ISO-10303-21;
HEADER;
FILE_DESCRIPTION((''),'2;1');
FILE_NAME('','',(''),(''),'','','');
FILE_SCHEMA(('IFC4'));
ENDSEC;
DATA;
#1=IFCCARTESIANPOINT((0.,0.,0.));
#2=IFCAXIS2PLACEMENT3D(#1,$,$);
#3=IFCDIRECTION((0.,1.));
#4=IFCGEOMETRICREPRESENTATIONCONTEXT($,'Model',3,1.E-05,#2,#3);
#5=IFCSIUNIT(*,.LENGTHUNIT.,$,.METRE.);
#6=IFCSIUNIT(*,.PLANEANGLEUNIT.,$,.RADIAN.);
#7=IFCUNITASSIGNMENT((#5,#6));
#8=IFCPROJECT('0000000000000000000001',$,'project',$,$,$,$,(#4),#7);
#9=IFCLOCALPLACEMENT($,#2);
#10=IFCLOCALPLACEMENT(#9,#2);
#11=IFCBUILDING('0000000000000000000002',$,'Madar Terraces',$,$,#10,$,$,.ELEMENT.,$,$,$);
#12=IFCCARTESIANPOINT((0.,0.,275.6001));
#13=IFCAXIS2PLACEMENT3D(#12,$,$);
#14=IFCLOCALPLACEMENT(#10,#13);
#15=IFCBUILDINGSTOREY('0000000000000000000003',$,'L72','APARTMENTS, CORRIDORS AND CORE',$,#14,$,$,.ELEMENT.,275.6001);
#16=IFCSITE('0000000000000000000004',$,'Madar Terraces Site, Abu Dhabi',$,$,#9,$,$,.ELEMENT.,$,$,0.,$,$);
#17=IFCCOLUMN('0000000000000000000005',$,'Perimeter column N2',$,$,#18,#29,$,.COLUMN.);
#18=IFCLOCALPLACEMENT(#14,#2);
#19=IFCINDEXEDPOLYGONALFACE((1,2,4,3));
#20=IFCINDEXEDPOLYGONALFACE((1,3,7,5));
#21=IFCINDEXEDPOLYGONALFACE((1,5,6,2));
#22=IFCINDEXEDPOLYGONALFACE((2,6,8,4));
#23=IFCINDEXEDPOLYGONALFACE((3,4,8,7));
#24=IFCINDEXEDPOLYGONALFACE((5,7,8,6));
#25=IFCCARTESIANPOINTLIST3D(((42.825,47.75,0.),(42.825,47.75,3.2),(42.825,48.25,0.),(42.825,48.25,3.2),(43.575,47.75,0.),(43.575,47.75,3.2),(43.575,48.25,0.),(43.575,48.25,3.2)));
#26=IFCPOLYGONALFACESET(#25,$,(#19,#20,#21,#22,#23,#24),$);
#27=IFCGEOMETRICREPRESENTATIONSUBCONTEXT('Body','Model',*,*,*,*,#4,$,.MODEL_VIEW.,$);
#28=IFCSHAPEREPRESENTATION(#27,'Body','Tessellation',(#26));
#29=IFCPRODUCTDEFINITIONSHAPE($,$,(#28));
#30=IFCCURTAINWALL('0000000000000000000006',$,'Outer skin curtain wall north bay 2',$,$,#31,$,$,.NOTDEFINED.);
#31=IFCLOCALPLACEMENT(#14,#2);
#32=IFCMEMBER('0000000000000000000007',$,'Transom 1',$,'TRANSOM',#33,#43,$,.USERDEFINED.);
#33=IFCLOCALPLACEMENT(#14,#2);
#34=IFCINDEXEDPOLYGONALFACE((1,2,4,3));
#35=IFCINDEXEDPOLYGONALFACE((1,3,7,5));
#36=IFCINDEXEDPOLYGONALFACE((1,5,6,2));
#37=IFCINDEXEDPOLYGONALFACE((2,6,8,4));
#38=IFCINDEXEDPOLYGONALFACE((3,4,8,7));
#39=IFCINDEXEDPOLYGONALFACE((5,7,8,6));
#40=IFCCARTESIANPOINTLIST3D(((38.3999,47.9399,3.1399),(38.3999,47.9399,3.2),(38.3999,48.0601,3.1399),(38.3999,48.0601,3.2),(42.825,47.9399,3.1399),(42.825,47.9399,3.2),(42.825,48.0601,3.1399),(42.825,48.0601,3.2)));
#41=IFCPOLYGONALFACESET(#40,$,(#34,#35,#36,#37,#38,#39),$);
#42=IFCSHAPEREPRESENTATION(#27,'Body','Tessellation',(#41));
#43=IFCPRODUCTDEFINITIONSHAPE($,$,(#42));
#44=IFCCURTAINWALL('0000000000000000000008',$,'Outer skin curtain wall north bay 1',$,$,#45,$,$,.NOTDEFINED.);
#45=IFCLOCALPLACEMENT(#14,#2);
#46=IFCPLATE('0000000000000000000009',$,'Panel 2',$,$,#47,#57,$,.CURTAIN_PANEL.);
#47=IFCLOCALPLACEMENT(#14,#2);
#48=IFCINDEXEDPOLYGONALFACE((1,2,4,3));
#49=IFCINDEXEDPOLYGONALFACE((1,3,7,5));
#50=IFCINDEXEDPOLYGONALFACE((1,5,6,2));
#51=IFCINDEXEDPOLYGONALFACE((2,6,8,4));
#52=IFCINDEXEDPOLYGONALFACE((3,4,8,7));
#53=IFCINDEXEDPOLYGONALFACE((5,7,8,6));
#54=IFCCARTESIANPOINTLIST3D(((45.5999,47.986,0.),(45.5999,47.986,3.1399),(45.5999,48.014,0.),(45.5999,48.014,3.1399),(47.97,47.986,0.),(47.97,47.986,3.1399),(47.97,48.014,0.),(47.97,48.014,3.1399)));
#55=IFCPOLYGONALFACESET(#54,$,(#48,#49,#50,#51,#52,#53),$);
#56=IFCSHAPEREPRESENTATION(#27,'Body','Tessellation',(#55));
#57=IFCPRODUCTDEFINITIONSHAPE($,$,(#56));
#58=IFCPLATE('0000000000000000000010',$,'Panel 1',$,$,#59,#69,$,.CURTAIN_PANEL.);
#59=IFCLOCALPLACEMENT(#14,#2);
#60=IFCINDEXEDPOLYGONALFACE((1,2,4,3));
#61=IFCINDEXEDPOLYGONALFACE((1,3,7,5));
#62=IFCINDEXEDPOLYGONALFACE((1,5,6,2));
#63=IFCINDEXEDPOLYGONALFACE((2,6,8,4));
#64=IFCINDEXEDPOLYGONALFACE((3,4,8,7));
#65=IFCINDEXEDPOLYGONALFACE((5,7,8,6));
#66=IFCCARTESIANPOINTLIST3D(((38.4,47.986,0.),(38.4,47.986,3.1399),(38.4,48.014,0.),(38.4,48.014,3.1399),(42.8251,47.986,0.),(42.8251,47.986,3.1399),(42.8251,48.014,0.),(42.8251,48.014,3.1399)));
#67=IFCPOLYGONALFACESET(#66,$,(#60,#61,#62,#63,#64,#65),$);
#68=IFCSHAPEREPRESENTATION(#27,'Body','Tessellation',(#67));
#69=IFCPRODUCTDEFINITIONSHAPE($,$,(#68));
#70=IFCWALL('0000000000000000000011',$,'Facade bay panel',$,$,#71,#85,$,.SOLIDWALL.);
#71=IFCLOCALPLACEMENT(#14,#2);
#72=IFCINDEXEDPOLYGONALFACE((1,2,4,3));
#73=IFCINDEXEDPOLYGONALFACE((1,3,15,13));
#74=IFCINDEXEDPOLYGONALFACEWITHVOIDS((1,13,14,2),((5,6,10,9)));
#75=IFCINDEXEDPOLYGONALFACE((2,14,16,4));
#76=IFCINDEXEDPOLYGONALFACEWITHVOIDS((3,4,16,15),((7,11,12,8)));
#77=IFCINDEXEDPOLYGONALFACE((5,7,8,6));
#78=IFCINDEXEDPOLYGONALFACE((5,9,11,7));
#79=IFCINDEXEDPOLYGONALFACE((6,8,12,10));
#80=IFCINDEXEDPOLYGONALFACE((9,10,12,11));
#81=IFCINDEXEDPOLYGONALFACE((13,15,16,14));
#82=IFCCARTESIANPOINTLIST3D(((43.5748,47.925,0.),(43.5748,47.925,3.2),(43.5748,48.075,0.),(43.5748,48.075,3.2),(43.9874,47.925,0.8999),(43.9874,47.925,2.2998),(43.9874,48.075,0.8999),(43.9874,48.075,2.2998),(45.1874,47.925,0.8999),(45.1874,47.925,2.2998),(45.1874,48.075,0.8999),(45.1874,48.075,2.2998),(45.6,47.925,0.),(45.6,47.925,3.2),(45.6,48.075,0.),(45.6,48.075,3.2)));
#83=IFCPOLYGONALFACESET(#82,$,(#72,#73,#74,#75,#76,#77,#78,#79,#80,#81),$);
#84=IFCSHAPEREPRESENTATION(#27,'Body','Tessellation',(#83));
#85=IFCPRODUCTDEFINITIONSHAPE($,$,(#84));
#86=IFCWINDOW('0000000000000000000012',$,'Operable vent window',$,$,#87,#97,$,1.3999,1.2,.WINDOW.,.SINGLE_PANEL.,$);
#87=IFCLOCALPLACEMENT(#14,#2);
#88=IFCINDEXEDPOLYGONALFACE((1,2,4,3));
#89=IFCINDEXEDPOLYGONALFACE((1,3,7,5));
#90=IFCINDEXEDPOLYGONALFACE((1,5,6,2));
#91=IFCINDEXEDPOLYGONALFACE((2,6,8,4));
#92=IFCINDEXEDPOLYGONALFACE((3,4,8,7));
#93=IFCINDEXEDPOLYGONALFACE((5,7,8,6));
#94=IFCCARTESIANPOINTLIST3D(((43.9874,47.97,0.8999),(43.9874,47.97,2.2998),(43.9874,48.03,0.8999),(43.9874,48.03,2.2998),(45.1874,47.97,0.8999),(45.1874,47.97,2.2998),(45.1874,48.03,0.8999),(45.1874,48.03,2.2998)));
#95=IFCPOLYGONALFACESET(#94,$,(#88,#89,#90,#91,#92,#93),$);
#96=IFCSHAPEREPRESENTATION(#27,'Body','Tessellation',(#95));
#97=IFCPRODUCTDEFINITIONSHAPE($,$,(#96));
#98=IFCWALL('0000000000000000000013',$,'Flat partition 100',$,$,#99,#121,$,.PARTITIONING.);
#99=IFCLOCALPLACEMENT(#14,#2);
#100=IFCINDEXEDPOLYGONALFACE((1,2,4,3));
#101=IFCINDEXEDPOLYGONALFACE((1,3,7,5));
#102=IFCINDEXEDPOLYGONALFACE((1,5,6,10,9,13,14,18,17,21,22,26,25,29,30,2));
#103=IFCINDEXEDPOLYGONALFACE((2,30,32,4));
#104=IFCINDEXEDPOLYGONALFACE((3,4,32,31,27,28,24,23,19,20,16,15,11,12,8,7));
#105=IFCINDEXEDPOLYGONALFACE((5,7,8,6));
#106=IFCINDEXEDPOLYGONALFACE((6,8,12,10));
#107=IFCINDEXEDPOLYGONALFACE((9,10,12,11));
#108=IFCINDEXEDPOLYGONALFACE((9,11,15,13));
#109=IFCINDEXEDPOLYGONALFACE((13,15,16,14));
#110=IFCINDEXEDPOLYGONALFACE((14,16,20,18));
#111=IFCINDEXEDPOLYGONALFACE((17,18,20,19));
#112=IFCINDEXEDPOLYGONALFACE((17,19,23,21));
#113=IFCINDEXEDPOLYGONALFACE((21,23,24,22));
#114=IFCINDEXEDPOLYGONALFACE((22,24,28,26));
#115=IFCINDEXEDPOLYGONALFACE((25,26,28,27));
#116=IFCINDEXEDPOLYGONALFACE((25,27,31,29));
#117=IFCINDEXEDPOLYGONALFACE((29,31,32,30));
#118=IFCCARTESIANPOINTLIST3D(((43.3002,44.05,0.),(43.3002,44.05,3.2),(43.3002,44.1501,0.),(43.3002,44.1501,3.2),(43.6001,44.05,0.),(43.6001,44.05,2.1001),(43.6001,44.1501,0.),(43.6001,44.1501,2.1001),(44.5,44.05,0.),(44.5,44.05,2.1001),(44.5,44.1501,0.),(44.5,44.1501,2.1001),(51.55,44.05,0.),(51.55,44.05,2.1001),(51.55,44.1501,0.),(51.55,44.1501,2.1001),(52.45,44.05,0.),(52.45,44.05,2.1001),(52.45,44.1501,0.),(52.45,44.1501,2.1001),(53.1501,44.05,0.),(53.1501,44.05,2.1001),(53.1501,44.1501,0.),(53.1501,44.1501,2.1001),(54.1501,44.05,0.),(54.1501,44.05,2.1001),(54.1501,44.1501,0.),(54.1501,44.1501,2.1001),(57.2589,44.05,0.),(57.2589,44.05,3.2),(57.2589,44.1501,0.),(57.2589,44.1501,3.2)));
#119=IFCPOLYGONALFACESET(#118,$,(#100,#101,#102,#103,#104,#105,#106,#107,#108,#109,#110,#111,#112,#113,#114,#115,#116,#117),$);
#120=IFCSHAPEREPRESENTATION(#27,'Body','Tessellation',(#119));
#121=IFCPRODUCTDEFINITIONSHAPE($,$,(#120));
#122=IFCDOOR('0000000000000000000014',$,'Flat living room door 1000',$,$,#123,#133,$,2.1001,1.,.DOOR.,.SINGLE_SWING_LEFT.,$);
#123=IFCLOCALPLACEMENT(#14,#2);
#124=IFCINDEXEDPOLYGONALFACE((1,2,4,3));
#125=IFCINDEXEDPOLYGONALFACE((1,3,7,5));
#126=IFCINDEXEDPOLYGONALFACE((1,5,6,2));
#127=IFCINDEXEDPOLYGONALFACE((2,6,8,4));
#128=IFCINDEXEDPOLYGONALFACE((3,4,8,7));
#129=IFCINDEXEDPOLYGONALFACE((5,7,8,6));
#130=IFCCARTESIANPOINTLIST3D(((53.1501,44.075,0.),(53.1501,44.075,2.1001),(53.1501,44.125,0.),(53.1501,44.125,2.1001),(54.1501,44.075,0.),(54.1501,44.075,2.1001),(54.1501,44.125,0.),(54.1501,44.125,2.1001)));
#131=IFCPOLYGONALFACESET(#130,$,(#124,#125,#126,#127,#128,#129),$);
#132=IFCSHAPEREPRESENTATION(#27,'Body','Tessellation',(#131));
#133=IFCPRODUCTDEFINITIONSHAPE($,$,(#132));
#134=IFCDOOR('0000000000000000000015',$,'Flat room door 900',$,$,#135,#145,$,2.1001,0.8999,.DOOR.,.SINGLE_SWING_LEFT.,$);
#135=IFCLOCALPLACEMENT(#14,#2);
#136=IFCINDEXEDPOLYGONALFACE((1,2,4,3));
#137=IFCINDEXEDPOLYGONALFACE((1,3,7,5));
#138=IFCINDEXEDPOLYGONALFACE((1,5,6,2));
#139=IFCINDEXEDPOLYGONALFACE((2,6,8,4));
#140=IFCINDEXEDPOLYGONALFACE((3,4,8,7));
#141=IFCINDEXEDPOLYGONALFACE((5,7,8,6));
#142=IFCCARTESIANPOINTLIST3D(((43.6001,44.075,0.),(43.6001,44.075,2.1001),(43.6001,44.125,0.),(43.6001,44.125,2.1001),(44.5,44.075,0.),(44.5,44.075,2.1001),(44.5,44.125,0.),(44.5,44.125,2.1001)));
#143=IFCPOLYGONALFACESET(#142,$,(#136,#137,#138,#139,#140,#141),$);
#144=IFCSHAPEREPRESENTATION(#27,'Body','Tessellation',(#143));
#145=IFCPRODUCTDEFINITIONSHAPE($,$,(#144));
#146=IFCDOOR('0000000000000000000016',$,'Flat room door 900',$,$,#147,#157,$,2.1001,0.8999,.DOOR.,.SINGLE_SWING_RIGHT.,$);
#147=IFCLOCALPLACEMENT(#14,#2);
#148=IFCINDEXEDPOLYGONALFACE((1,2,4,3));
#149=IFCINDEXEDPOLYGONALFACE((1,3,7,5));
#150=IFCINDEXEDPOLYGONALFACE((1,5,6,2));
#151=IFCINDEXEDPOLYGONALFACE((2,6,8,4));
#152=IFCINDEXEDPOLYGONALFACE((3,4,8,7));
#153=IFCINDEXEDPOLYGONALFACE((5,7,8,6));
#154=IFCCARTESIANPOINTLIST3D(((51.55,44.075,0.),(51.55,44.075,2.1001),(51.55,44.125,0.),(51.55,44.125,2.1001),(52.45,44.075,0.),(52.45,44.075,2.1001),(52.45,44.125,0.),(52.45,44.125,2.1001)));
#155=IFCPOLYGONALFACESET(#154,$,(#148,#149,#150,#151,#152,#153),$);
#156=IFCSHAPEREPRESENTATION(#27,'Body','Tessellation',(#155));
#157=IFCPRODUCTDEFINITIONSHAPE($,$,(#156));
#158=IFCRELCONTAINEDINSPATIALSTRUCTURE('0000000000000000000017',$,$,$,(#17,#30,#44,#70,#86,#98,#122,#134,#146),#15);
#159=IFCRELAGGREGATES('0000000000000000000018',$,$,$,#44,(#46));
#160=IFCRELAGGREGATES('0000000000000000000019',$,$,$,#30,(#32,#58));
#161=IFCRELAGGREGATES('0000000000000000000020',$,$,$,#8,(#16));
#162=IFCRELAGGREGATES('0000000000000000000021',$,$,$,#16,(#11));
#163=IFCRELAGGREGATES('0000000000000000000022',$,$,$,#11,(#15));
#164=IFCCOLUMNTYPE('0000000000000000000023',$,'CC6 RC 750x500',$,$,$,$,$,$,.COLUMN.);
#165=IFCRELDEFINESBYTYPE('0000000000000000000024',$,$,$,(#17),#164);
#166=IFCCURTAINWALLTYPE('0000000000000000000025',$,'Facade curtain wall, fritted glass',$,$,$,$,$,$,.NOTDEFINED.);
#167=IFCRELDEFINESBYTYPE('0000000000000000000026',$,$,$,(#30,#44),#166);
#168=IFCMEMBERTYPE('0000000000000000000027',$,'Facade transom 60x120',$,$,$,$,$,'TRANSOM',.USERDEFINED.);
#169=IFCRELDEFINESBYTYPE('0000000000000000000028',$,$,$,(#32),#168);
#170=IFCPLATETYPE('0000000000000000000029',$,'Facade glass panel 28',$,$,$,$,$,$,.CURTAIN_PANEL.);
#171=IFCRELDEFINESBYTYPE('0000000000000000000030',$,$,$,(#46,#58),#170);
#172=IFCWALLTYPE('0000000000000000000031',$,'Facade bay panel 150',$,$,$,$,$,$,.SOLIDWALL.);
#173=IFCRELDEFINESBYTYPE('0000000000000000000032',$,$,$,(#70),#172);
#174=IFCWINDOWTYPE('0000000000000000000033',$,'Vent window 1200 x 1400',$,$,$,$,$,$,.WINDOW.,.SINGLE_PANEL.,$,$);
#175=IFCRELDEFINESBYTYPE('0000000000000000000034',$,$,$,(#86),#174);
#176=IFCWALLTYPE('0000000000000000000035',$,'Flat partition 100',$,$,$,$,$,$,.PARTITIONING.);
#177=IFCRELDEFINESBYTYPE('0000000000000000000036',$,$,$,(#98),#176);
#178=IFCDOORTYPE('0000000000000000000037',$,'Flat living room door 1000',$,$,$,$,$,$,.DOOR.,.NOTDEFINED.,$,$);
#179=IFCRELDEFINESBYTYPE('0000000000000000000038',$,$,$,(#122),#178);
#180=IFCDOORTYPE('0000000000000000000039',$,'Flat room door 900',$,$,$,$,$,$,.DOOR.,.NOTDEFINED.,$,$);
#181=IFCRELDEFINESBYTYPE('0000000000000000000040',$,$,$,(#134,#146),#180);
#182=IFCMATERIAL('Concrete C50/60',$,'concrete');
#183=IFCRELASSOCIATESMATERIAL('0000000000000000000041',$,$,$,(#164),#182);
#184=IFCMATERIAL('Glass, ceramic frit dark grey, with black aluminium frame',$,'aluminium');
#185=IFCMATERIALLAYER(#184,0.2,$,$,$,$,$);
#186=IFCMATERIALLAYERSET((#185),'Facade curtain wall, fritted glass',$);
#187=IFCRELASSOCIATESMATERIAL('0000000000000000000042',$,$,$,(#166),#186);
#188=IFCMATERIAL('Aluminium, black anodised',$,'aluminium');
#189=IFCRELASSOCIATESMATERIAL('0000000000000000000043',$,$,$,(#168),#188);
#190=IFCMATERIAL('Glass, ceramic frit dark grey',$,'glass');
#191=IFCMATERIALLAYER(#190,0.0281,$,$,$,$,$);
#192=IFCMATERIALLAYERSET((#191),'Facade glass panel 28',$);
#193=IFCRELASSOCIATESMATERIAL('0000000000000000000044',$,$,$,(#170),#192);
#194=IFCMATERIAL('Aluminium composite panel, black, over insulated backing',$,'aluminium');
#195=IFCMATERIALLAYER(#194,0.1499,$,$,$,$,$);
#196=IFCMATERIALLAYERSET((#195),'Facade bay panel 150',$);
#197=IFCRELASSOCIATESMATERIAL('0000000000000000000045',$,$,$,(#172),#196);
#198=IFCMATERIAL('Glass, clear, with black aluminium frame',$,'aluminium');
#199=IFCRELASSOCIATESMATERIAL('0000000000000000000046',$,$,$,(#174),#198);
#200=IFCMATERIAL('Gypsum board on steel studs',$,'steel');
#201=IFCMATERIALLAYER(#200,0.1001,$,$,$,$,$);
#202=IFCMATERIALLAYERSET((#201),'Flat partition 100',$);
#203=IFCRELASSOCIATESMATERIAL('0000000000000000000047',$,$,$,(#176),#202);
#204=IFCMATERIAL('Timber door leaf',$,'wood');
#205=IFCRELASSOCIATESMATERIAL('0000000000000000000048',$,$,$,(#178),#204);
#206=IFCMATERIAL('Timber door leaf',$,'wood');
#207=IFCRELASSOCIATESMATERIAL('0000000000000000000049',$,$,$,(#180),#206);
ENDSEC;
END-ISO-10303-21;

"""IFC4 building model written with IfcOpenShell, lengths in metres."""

from ifc_helpers import new_model, si_unit, direction, frame, frame_2d, origin, origin_2d, place, context, subcontext, project, spatial, rectangle, extrude, material, layer, layer_set, material_profile, profile_set, type_object, element, fill, aggregate, save


model = new_model("IFC4")

# Units and contexts
model_context = context("Model", 3, precision=1e-05, world=origin(), true_north=direction((0.0, 1.0)))
body_context = subcontext(model_context, "Body", "Model", "MODEL_VIEW")
ifc_project = project(units=[si_unit("LENGTHUNIT", "METRE"), si_unit("PLANEANGLEUNIT", "RADIAN")], contexts=[model_context])

# Site, building, storey
site_placement = place(None, origin())
site = spatial("IfcSite", under=ifc_project, at=site_placement, Name="Madar Terraces Site, Abu Dhabi", CompositionType="ELEMENT", RefElevation=0.0)
building_placement = place(site_placement, origin())
building = spatial("IfcBuilding", under=site, at=building_placement, Name="Madar Terraces", CompositionType="ELEMENT")
storey_placement = place(building_placement, frame((0.0, 0.0, 275.6001)))
storey = spatial("IfcBuildingStorey", under=building, at=storey_placement, Name="L72", Description="APARTMENTS, CORRIDORS AND CORE", CompositionType="ELEMENT", Elevation=275.6001)

# Column
ifc_material_1 = material(Name="Concrete C50/60", Category="concrete")
ifc_material_profile_1 = material_profile(ifc_material_1, rectangle(XDim=0.75, YDim=0.5, at=origin_2d()), Name="CC6 RC 750x500")
ifc_profile_set_1 = profile_set([ifc_material_profile_1], Name="Concrete C50/60")
column_type = type_object("IfcColumnType", Name="CC6 RC 750x500", PredefinedType="COLUMN", material=ifc_profile_set_1)
column_placement = place(storey_placement, frame((43.2, 48.0, 0.0), z_axis=(0.0, 0.0, 1.0), x_axis=(1.0, 0.0, 0.0)))
element("IfcColumn", 1, at=column_placement, inside=storey, type_object=column_type, Name="Perimeter column N2", PredefinedType="COLUMN", context=body_context, shape_type="SweptSolid", body=[
    extrude(rectangle(XDim=0.75, YDim=0.5, at=origin_2d()), origin(), (0.0, 0.0, 1.0), 3.2),
])

# Curtain wall, member
ifc_material_2 = material(Name="Glass, ceramic frit dark grey, with black aluminium frame", Category="aluminium")
ifc_layer_1 = layer(ifc_material_2, 0.2)
ifc_layer_set_1 = layer_set([ifc_layer_1], Name="Facade curtain wall, fritted glass")
curtain_wall_type = type_object("IfcCurtainWallType", Name="Facade curtain wall, fritted glass", PredefinedType="NOTDEFINED", material=ifc_layer_set_1)
curtain_wall_1_placement = place(storey_placement, origin())
curtain_wall_1 = element("IfcCurtainWall", 2, at=curtain_wall_1_placement, inside=storey, type_object=curtain_wall_type, Name="Outer skin curtain wall north bay 2", PredefinedType="NOTDEFINED")
ifc_material_3 = material(Name="Aluminium, black anodised", Category="aluminium")
ifc_material_profile_2 = material_profile(ifc_material_3, rectangle(XDim=0.1201, YDim=0.0601, at=origin_2d()), Name="Facade transom 60x120")
ifc_profile_set_2 = profile_set([ifc_material_profile_2], Name="Aluminium, black anodised")
member_type = type_object("IfcMemberType", Name="Facade transom 60x120", ElementType="TRANSOM", PredefinedType="USERDEFINED", material=ifc_profile_set_2)
member_placement = place(storey_placement, frame((42.825, 48.0, 3.1699), z_axis=(-1.0, 0.0, 0.0), x_axis=(0.0, -1.0, 0.0)))
member = element("IfcMember", 3, at=member_placement, type_object=member_type, Name="Transom 1", ObjectType="TRANSOM", PredefinedType="USERDEFINED", context=body_context, shape_type="SweptSolid", body=[
    extrude(rectangle(XDim=0.1201, YDim=0.0601, at=origin_2d()), origin(), (0.0, 0.0, 1.0), 4.425),
])

# Curtain wall, plate
curtain_wall_2_placement = place(storey_placement, origin())
curtain_wall_2 = element("IfcCurtainWall", 4, at=curtain_wall_2_placement, inside=storey, type_object=curtain_wall_type, Name="Outer skin curtain wall north bay 1", PredefinedType="NOTDEFINED")
ifc_material_4 = material(Name="Glass, ceramic frit dark grey", Category="glass")
ifc_layer_2 = layer(ifc_material_4, 0.0281)
ifc_layer_set_2 = layer_set([ifc_layer_2], Name="Facade glass panel 28")
plate_type = type_object("IfcPlateType", Name="Facade glass panel 28", PredefinedType="CURTAIN_PANEL", material=ifc_layer_set_2)
plate_1_placement = place(storey_placement, frame((46.7849, 48.0, 0.0), z_axis=(0.0, 0.0, 1.0), x_axis=(-1.0, 0.0, 0.0)))
plate_1 = element("IfcPlate", 5, at=plate_1_placement, type_object=plate_type, Name="Panel 2", PredefinedType="CURTAIN_PANEL", context=body_context, shape_type="SweptSolid", body=[
    extrude(rectangle(XDim=2.3701, YDim=0.0281, at=origin_2d()), origin(), (0.0, 0.0, 1.0), 3.1399),
])
aggregate(curtain_wall_2, [plate_1])

# Plate
plate_2_placement = place(storey_placement, frame((40.6125, 48.0, 0.0), z_axis=(0.0, 0.0, 1.0), x_axis=(-1.0, 0.0, 0.0)))
plate_2 = element("IfcPlate", 6, at=plate_2_placement, type_object=plate_type, Name="Panel 1", PredefinedType="CURTAIN_PANEL", context=body_context, shape_type="SweptSolid", body=[
    extrude(rectangle(XDim=4.425, YDim=0.0281, at=origin_2d()), origin(), (0.0, 0.0, 1.0), 3.1399),
])
aggregate(curtain_wall_1, [member, plate_2])

# Wall, opening, window
ifc_material_5 = material(Name="Aluminium composite panel, black, over insulated backing", Category="aluminium")
ifc_layer_3 = layer(ifc_material_5, 0.1499)
ifc_layer_set_3 = layer_set([ifc_layer_3], Name="Facade bay panel 150")
wall_type_1 = type_object("IfcWallType", Name="Facade bay panel 150", PredefinedType="SOLIDWALL", material=ifc_layer_set_3)
wall_1_placement = place(storey_placement, frame((45.6001, 48.0, 0.0), z_axis=(0.0, 0.0, 1.0), x_axis=(-1.0, 0.0, 0.0)))
wall_1 = element("IfcWall", 7, at=wall_1_placement, inside=storey, type_object=wall_type_1, Name="Facade bay panel", PredefinedType="SOLIDWALL", context=body_context, shape_type="SweptSolid", body=[
    extrude(rectangle(XDim=2.0251, YDim=0.1499, at=frame_2d((1.0127, 0.0))), origin(), (0.0, 0.0, 1.0), 3.2),
])
opening_1_placement = place(wall_1_placement, frame((0.4126, 0.0, 0.8999)))
opening_1 = element("IfcOpeningElement", 8, at=opening_1_placement, cuts=wall_1, PredefinedType="OPENING", context=body_context, shape_type="SweptSolid", body=[
    extrude(rectangle(XDim=1.2, YDim=1.3999, at=frame_2d((0.6001, 0.7))), frame((0.0, 0.085, 0.0), z_axis=(0.0, -1.0, 0.0), x_axis=(1.0, 0.0, 0.0)), (0.0, 0.0, 1.0), 0.1699),
])
ifc_material_6 = material(Name="Glass, clear, with black aluminium frame", Category="aluminium")
window_type = type_object("IfcWindowType", Name="Vent window 1200 x 1400", PartitioningType="SINGLE_PANEL", PredefinedType="WINDOW", material=ifc_material_6)
window_placement = place(opening_1_placement, origin())
window = element("IfcWindow", 9, at=window_placement, inside=storey, type_object=window_type, Name="Operable vent window", OverallHeight=1.3999, OverallWidth=1.2, PartitioningType="SINGLE_PANEL", PredefinedType="WINDOW", context=body_context, shape_type="SweptSolid", body=[
    extrude(rectangle(XDim=1.2, YDim=1.3999, at=frame_2d((0.6001, 0.7))), frame((0.0, 0.03, 0.0), z_axis=(0.0, -1.0, 0.0), x_axis=(1.0, 0.0, 0.0)), (0.0, 0.0, 1.0), 0.0601),
])
fill(opening_1, window)

# Wall, openings, doors
ifc_material_7 = material(Name="Gypsum board on steel studs", Category="steel")
ifc_layer_4 = layer(ifc_material_7, 0.1001)
ifc_layer_set_4 = layer_set([ifc_layer_4], Name="Flat partition 100")
wall_type_2 = type_object("IfcWallType", Name="Flat partition 100", PredefinedType="PARTITIONING", material=ifc_layer_set_4)
wall_2_placement = place(storey_placement, frame((43.3, 44.1001, 0.0), z_axis=(0.0, 0.0, 1.0), x_axis=(1.0, 0.0, 0.0)))
wall_2 = element("IfcWall", 10, at=wall_2_placement, inside=storey, type_object=wall_type_2, Name="Flat partition 100", PredefinedType="PARTITIONING", context=body_context, shape_type="SweptSolid", body=[
    extrude(rectangle(XDim=13.9587, YDim=0.1001, at=frame_2d((6.9795, 0.0))), origin(), (0.0, 0.0, 1.0), 3.2),
])
opening_2_placement = place(wall_2_placement, frame((0.3, 0.0, 0.0)))
opening_2 = element("IfcOpeningElement", 11, at=opening_2_placement, cuts=wall_2, PredefinedType="OPENING", context=body_context, shape_type="SweptSolid", body=[
    extrude(rectangle(XDim=0.8999, YDim=2.1001, at=frame_2d((0.45, 1.05))), frame((0.0, 0.0601, 0.0), z_axis=(0.0, -1.0, 0.0), x_axis=(1.0, 0.0, 0.0)), (0.0, 0.0, 1.0), 0.1201),
])
opening_3_placement = place(wall_2_placement, frame((8.25, 0.0, 0.0)))
opening_3 = element("IfcOpeningElement", 12, at=opening_3_placement, cuts=wall_2, PredefinedType="OPENING", context=body_context, shape_type="SweptSolid", body=[
    extrude(rectangle(XDim=0.8999, YDim=2.1001, at=frame_2d((0.45, 1.05))), frame((0.0, 0.0601, 0.0), z_axis=(0.0, -1.0, 0.0), x_axis=(1.0, 0.0, 0.0)), (0.0, 0.0, 1.0), 0.1201),
])
opening_4_placement = place(wall_2_placement, frame((9.8501, 0.0, 0.0)))
opening_4 = element("IfcOpeningElement", 13, at=opening_4_placement, cuts=wall_2, PredefinedType="OPENING", context=body_context, shape_type="SweptSolid", body=[
    extrude(rectangle(XDim=1.0, YDim=2.1001, at=frame_2d((0.5, 1.05))), frame((0.0, 0.0601, 0.0), z_axis=(0.0, -1.0, 0.0), x_axis=(1.0, 0.0, 0.0)), (0.0, 0.0, 1.0), 0.1201),
])
ifc_material_8 = material(Name="Timber door leaf", Category="wood")
door_type_1 = type_object("IfcDoorType", Name="Flat living room door 1000", OperationType="NOTDEFINED", PredefinedType="DOOR", material=ifc_material_8)
door_1_placement = place(opening_4_placement, origin())
door_1 = element("IfcDoor", 14, at=door_1_placement, inside=storey, type_object=door_type_1, Name="Flat living room door 1000", OperationType="SINGLE_SWING_LEFT", OverallHeight=2.1001, OverallWidth=1.0, PredefinedType="DOOR", context=body_context, shape_type="SweptSolid", body=[
    extrude(rectangle(XDim=1.0, YDim=2.1001, at=frame_2d((0.5, 1.05))), frame((0.0, 0.0249, 0.0), z_axis=(0.0, -1.0, 0.0), x_axis=(1.0, 0.0, 0.0)), (0.0, 0.0, 1.0), 0.05),
])
fill(opening_4, door_1)
ifc_material_9 = material(Name="Timber door leaf", Category="wood")
door_type_2 = type_object("IfcDoorType", Name="Flat room door 900", OperationType="NOTDEFINED", PredefinedType="DOOR", material=ifc_material_9)
door_2_placement = place(opening_2_placement, origin())
door_2 = element("IfcDoor", 15, at=door_2_placement, inside=storey, type_object=door_type_2, Name="Flat room door 900", OperationType="SINGLE_SWING_LEFT", OverallHeight=2.1001, OverallWidth=0.8999, PredefinedType="DOOR", context=body_context, shape_type="SweptSolid", body=[
    extrude(rectangle(XDim=0.8999, YDim=2.1001, at=frame_2d((0.45, 1.05))), frame((0.0, 0.0249, 0.0), z_axis=(0.0, -1.0, 0.0), x_axis=(1.0, 0.0, 0.0)), (0.0, 0.0, 1.0), 0.05),
])
fill(opening_2, door_2)
door_3_placement = place(opening_3_placement, origin())
door_3 = element("IfcDoor", 16, at=door_3_placement, inside=storey, type_object=door_type_2, Name="Flat room door 900", OperationType="SINGLE_SWING_RIGHT", OverallHeight=2.1001, OverallWidth=0.8999, PredefinedType="DOOR", context=body_context, shape_type="SweptSolid", body=[
    extrude(rectangle(XDim=0.8999, YDim=2.1001, at=frame_2d((0.45, 1.05))), frame((0.0, 0.0249, 0.0), z_axis=(0.0, -1.0, 0.0), x_axis=(1.0, 0.0, 0.0)), (0.0, 0.0, 1.0), 0.05),
])
fill(opening_3, door_3)

save(model, "model.ifc")
